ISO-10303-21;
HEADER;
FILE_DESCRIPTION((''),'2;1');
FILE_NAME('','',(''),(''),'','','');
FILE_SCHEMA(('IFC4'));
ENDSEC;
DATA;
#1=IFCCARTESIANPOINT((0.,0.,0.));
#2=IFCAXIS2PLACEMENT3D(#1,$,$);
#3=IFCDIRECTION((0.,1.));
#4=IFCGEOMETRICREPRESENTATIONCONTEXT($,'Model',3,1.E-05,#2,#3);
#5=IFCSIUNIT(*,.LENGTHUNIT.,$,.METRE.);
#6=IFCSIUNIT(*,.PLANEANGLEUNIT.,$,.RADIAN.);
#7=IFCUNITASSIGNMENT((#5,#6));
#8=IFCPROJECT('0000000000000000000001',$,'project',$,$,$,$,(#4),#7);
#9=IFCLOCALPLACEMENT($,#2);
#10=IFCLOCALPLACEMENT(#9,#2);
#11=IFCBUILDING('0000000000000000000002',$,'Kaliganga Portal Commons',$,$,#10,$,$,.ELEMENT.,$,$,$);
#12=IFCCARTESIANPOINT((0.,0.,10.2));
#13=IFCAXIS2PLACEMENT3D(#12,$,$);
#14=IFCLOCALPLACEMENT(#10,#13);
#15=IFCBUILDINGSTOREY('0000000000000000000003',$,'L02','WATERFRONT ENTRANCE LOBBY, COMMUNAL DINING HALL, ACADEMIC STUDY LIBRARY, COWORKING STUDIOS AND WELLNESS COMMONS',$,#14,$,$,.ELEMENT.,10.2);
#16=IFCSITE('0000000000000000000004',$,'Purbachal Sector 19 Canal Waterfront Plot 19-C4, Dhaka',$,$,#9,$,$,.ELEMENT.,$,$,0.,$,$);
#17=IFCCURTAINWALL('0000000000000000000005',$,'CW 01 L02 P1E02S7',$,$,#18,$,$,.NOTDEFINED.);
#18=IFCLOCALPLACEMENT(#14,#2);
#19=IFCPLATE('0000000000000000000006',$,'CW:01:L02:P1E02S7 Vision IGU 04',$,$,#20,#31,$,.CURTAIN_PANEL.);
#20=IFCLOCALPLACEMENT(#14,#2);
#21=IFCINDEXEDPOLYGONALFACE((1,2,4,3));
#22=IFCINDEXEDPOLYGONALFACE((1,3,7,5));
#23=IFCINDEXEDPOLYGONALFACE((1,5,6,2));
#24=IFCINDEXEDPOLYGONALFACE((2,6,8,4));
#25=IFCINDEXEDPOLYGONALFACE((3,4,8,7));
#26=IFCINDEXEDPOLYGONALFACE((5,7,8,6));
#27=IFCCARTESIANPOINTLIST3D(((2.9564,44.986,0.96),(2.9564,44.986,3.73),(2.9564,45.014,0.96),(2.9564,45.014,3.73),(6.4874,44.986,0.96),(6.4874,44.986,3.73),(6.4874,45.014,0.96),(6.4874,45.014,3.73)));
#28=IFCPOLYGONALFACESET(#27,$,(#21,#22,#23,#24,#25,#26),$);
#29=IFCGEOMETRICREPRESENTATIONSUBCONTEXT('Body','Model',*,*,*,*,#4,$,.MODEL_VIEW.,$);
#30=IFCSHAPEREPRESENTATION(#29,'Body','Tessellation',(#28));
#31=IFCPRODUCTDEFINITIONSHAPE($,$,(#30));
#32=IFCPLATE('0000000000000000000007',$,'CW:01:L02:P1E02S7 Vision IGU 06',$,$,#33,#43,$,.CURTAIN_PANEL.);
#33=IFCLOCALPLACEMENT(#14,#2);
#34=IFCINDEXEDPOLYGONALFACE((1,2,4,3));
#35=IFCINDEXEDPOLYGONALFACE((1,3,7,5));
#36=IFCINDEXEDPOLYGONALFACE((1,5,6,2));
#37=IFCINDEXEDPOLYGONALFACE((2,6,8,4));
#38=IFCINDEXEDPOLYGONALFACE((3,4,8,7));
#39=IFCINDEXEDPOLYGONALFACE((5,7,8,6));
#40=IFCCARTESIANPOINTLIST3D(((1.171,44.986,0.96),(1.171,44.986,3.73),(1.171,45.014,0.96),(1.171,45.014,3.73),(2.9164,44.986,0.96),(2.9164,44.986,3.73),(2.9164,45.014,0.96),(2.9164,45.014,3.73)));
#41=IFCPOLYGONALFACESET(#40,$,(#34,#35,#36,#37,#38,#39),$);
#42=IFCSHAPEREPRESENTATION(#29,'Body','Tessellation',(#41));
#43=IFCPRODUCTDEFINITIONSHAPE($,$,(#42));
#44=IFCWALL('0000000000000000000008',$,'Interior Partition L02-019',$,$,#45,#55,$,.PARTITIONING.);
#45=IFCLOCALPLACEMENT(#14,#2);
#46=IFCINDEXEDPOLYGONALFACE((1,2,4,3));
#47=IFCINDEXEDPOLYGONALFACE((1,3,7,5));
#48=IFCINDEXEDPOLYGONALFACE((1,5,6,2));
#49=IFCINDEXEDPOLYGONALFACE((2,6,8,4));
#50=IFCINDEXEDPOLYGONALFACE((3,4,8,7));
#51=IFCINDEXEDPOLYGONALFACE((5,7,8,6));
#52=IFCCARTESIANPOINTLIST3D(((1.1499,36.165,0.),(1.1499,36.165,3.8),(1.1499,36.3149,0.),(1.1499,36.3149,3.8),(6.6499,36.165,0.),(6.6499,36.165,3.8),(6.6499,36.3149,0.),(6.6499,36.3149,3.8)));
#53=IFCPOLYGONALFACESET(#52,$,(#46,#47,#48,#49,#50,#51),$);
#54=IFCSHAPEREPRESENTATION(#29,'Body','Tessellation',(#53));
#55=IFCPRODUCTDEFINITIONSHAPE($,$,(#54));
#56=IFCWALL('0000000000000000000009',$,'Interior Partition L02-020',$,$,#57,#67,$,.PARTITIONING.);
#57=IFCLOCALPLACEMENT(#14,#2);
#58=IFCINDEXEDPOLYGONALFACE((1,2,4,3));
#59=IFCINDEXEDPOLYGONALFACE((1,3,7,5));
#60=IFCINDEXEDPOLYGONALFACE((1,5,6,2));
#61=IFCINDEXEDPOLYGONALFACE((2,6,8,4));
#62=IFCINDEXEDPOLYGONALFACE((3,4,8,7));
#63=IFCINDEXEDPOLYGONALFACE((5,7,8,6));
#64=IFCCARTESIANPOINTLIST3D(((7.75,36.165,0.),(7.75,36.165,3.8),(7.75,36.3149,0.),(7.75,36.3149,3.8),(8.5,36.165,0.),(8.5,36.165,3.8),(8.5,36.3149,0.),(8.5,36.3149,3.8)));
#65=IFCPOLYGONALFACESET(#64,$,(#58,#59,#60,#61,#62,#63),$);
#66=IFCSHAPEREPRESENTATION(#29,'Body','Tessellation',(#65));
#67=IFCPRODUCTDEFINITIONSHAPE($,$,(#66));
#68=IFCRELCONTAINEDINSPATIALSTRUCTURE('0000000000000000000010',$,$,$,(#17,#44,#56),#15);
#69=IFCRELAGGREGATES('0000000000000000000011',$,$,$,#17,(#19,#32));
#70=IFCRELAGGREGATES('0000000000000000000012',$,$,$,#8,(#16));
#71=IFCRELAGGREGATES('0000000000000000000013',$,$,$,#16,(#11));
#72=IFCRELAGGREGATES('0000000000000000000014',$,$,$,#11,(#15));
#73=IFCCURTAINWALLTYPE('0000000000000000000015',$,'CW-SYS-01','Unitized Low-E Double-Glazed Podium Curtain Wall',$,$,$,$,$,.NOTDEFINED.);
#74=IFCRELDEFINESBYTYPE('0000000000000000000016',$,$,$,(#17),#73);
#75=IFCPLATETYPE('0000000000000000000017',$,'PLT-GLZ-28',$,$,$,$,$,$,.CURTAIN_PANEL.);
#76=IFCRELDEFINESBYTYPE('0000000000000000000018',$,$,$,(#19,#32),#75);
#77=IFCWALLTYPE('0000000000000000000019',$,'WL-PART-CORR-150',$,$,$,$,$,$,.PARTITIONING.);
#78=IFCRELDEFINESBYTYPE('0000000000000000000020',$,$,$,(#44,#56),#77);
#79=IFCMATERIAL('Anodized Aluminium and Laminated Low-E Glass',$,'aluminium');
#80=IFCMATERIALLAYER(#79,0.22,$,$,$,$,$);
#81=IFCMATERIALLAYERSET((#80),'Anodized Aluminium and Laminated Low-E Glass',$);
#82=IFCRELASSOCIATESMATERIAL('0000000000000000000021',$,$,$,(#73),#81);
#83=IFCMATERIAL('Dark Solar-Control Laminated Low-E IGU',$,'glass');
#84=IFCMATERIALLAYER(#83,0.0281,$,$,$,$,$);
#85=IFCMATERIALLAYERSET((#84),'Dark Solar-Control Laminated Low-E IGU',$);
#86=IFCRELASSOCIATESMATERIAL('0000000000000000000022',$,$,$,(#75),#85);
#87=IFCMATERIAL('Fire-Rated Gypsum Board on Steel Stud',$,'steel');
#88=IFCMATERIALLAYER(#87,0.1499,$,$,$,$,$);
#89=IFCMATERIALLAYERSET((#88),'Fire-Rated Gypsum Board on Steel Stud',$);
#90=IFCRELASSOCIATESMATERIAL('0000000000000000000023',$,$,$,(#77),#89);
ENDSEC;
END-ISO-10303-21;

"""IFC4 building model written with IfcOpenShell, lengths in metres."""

from ifc_helpers import new_model, si_unit, direction, frame, frame_2d, origin, origin_2d, place, context, subcontext, project, spatial, rectangle, extrude, source, transform, mapped, material, layer, layer_set, type_object, element, aggregate, save


model = new_model("IFC4")

# Units and contexts
model_context = context("Model", 3, precision=1e-05, world=origin(), true_north=direction((0.0, 1.0)))
body_context = subcontext(model_context, "Body", "Model", "MODEL_VIEW")
ifc_project = project(units=[si_unit("LENGTHUNIT", "METRE"), si_unit("PLANEANGLEUNIT", "RADIAN")], contexts=[model_context])

# Site, building, storey
site_placement = place(None, origin())
site = spatial("IfcSite", under=ifc_project, at=site_placement, Name="Purbachal Sector 19 Canal Waterfront Plot 19-C4, Dhaka", CompositionType="ELEMENT", RefElevation=0.0)
building_placement = place(site_placement, origin())
building = spatial("IfcBuilding", under=site, at=building_placement, Name="Kaliganga Portal Commons", CompositionType="ELEMENT")
storey_placement = place(building_placement, frame((0.0, 0.0, 10.2)))
storey = spatial("IfcBuildingStorey", under=building, at=storey_placement, Name="L02", Description="WATERFRONT ENTRANCE LOBBY, COMMUNAL DINING HALL, ACADEMIC STUDY LIBRARY, COWORKING STUDIOS AND WELLNESS COMMONS", CompositionType="ELEMENT", Elevation=10.2)

# Shared definitions
ifc_material_1 = material(Name="Anodized Aluminium and Laminated Low-E Glass", Category="aluminium")
ifc_layer_1 = layer(ifc_material_1, 0.22)
ifc_layer_set_1 = layer_set([ifc_layer_1], Name="Anodized Aluminium and Laminated Low-E Glass")
curtain_wall_type = type_object("IfcCurtainWallType", Name="CW-SYS-01", Description="Unitized Low-E Double-Glazed Podium Curtain Wall", PredefinedType="NOTDEFINED", material=ifc_layer_set_1)

# Curtain wall, plates
curtain_wall_1_placement = place(storey_placement, origin())
curtain_wall_1 = element("IfcCurtainWall", 1, at=curtain_wall_1_placement, inside=storey, type_object=curtain_wall_type, Name="CW 01 L02 P1E02S7", PredefinedType="NOTDEFINED")
ifc_material_2 = material(Name="Dark Solar-Control Laminated Low-E IGU", Category="glass")
ifc_layer_2 = layer(ifc_material_2, 0.0281)
ifc_layer_set_2 = layer_set([ifc_layer_2], Name="Dark Solar-Control Laminated Low-E IGU")
plate_type_1 = type_object("IfcPlateType", Name="PLT-GLZ-28", PredefinedType="CURTAIN_PANEL", material=ifc_layer_set_2)
shared_shape_1 = source(origin(), body_context, "Body", "SweptSolid", [
    extrude(rectangle(XDim=3.531, YDim=0.0281, at=origin_2d()), origin(), (0.0, 0.0, 1.0), 2.77),
])
plate_1_placement = place(storey_placement, frame((4.7219, 45.0, 0.96), z_axis=(0.0, 0.0, 1.0), x_axis=(-1.0, 0.0, 0.0)))
plate_1 = element("IfcPlate", 2, at=plate_1_placement, type_object=plate_type_1, Name="CW:01:L02:P1E02S7 Vision IGU 04", PredefinedType="CURTAIN_PANEL", context=body_context, shape_type="MappedRepresentation", body=[
    mapped(shared_shape_1, transform((0.0, 0.0, 0.0), x_axis=(1.0, 0.0, 0.0), y_axis=(0.0, 1.0, 0.0), z_axis=(0.0, 0.0, 1.0), scale=1.0)),
])
shared_shape_2 = source(origin(), body_context, "Body", "SweptSolid", [
    extrude(rectangle(XDim=1.7454, YDim=0.0281, at=origin_2d()), origin(), (0.0, 0.0, 1.0), 2.77),
])
plate_2_placement = place(storey_placement, frame((2.0437, 45.0, 0.96), z_axis=(0.0, 0.0, 1.0), x_axis=(-1.0, 0.0, 0.0)))
plate_2 = element("IfcPlate", 3, at=plate_2_placement, type_object=plate_type_1, Name="CW:01:L02:P1E02S7 Vision IGU 06", PredefinedType="CURTAIN_PANEL", context=body_context, shape_type="MappedRepresentation", body=[
    mapped(shared_shape_2, transform((0.0, 0.0, 0.0), x_axis=(1.0, 0.0, 0.0), y_axis=(0.0, 1.0, 0.0), z_axis=(0.0, 0.0, 1.0), scale=1.0)),
])
aggregate(curtain_wall_1, [plate_1, plate_2])

# Walls
ifc_material_3 = material(Name="Fire-Rated Gypsum Board on Steel Stud", Category="steel")
ifc_layer_3 = layer(ifc_material_3, 0.1499)
ifc_layer_set_3 = layer_set([ifc_layer_3], Name="Fire-Rated Gypsum Board on Steel Stud")
wall_type = type_object("IfcWallType", Name="WL-PART-CORR-150", PredefinedType="PARTITIONING", material=ifc_layer_set_3)
wall_1_placement = place(storey_placement, frame((1.1499, 36.24, 0.0), z_axis=(0.0, 0.0, 1.0), x_axis=(1.0, 0.0, 0.0)))
element("IfcWall", 4, at=wall_1_placement, inside=storey, type_object=wall_type, Name="Interior Partition L02-019", PredefinedType="PARTITIONING", context=body_context, shape_type="SweptSolid", body=[
    extrude(rectangle(XDim=5.5, YDim=0.1499, at=frame_2d((2.75, 0.0))), origin(), (0.0, 0.0, 1.0), 3.8),
])
wall_2_placement = place(storey_placement, frame((7.75, 36.24, 0.0), z_axis=(0.0, 0.0, 1.0), x_axis=(1.0, 0.0, 0.0)))
element("IfcWall", 5, at=wall_2_placement, inside=storey, type_object=wall_type, Name="Interior Partition L02-020", PredefinedType="PARTITIONING", context=body_context, shape_type="SweptSolid", body=[
    extrude(rectangle(XDim=0.75, YDim=0.1499, at=frame_2d((0.375, 0.0))), origin(), (0.0, 0.0, 1.0), 3.8),
])

save(model, "model.ifc")
